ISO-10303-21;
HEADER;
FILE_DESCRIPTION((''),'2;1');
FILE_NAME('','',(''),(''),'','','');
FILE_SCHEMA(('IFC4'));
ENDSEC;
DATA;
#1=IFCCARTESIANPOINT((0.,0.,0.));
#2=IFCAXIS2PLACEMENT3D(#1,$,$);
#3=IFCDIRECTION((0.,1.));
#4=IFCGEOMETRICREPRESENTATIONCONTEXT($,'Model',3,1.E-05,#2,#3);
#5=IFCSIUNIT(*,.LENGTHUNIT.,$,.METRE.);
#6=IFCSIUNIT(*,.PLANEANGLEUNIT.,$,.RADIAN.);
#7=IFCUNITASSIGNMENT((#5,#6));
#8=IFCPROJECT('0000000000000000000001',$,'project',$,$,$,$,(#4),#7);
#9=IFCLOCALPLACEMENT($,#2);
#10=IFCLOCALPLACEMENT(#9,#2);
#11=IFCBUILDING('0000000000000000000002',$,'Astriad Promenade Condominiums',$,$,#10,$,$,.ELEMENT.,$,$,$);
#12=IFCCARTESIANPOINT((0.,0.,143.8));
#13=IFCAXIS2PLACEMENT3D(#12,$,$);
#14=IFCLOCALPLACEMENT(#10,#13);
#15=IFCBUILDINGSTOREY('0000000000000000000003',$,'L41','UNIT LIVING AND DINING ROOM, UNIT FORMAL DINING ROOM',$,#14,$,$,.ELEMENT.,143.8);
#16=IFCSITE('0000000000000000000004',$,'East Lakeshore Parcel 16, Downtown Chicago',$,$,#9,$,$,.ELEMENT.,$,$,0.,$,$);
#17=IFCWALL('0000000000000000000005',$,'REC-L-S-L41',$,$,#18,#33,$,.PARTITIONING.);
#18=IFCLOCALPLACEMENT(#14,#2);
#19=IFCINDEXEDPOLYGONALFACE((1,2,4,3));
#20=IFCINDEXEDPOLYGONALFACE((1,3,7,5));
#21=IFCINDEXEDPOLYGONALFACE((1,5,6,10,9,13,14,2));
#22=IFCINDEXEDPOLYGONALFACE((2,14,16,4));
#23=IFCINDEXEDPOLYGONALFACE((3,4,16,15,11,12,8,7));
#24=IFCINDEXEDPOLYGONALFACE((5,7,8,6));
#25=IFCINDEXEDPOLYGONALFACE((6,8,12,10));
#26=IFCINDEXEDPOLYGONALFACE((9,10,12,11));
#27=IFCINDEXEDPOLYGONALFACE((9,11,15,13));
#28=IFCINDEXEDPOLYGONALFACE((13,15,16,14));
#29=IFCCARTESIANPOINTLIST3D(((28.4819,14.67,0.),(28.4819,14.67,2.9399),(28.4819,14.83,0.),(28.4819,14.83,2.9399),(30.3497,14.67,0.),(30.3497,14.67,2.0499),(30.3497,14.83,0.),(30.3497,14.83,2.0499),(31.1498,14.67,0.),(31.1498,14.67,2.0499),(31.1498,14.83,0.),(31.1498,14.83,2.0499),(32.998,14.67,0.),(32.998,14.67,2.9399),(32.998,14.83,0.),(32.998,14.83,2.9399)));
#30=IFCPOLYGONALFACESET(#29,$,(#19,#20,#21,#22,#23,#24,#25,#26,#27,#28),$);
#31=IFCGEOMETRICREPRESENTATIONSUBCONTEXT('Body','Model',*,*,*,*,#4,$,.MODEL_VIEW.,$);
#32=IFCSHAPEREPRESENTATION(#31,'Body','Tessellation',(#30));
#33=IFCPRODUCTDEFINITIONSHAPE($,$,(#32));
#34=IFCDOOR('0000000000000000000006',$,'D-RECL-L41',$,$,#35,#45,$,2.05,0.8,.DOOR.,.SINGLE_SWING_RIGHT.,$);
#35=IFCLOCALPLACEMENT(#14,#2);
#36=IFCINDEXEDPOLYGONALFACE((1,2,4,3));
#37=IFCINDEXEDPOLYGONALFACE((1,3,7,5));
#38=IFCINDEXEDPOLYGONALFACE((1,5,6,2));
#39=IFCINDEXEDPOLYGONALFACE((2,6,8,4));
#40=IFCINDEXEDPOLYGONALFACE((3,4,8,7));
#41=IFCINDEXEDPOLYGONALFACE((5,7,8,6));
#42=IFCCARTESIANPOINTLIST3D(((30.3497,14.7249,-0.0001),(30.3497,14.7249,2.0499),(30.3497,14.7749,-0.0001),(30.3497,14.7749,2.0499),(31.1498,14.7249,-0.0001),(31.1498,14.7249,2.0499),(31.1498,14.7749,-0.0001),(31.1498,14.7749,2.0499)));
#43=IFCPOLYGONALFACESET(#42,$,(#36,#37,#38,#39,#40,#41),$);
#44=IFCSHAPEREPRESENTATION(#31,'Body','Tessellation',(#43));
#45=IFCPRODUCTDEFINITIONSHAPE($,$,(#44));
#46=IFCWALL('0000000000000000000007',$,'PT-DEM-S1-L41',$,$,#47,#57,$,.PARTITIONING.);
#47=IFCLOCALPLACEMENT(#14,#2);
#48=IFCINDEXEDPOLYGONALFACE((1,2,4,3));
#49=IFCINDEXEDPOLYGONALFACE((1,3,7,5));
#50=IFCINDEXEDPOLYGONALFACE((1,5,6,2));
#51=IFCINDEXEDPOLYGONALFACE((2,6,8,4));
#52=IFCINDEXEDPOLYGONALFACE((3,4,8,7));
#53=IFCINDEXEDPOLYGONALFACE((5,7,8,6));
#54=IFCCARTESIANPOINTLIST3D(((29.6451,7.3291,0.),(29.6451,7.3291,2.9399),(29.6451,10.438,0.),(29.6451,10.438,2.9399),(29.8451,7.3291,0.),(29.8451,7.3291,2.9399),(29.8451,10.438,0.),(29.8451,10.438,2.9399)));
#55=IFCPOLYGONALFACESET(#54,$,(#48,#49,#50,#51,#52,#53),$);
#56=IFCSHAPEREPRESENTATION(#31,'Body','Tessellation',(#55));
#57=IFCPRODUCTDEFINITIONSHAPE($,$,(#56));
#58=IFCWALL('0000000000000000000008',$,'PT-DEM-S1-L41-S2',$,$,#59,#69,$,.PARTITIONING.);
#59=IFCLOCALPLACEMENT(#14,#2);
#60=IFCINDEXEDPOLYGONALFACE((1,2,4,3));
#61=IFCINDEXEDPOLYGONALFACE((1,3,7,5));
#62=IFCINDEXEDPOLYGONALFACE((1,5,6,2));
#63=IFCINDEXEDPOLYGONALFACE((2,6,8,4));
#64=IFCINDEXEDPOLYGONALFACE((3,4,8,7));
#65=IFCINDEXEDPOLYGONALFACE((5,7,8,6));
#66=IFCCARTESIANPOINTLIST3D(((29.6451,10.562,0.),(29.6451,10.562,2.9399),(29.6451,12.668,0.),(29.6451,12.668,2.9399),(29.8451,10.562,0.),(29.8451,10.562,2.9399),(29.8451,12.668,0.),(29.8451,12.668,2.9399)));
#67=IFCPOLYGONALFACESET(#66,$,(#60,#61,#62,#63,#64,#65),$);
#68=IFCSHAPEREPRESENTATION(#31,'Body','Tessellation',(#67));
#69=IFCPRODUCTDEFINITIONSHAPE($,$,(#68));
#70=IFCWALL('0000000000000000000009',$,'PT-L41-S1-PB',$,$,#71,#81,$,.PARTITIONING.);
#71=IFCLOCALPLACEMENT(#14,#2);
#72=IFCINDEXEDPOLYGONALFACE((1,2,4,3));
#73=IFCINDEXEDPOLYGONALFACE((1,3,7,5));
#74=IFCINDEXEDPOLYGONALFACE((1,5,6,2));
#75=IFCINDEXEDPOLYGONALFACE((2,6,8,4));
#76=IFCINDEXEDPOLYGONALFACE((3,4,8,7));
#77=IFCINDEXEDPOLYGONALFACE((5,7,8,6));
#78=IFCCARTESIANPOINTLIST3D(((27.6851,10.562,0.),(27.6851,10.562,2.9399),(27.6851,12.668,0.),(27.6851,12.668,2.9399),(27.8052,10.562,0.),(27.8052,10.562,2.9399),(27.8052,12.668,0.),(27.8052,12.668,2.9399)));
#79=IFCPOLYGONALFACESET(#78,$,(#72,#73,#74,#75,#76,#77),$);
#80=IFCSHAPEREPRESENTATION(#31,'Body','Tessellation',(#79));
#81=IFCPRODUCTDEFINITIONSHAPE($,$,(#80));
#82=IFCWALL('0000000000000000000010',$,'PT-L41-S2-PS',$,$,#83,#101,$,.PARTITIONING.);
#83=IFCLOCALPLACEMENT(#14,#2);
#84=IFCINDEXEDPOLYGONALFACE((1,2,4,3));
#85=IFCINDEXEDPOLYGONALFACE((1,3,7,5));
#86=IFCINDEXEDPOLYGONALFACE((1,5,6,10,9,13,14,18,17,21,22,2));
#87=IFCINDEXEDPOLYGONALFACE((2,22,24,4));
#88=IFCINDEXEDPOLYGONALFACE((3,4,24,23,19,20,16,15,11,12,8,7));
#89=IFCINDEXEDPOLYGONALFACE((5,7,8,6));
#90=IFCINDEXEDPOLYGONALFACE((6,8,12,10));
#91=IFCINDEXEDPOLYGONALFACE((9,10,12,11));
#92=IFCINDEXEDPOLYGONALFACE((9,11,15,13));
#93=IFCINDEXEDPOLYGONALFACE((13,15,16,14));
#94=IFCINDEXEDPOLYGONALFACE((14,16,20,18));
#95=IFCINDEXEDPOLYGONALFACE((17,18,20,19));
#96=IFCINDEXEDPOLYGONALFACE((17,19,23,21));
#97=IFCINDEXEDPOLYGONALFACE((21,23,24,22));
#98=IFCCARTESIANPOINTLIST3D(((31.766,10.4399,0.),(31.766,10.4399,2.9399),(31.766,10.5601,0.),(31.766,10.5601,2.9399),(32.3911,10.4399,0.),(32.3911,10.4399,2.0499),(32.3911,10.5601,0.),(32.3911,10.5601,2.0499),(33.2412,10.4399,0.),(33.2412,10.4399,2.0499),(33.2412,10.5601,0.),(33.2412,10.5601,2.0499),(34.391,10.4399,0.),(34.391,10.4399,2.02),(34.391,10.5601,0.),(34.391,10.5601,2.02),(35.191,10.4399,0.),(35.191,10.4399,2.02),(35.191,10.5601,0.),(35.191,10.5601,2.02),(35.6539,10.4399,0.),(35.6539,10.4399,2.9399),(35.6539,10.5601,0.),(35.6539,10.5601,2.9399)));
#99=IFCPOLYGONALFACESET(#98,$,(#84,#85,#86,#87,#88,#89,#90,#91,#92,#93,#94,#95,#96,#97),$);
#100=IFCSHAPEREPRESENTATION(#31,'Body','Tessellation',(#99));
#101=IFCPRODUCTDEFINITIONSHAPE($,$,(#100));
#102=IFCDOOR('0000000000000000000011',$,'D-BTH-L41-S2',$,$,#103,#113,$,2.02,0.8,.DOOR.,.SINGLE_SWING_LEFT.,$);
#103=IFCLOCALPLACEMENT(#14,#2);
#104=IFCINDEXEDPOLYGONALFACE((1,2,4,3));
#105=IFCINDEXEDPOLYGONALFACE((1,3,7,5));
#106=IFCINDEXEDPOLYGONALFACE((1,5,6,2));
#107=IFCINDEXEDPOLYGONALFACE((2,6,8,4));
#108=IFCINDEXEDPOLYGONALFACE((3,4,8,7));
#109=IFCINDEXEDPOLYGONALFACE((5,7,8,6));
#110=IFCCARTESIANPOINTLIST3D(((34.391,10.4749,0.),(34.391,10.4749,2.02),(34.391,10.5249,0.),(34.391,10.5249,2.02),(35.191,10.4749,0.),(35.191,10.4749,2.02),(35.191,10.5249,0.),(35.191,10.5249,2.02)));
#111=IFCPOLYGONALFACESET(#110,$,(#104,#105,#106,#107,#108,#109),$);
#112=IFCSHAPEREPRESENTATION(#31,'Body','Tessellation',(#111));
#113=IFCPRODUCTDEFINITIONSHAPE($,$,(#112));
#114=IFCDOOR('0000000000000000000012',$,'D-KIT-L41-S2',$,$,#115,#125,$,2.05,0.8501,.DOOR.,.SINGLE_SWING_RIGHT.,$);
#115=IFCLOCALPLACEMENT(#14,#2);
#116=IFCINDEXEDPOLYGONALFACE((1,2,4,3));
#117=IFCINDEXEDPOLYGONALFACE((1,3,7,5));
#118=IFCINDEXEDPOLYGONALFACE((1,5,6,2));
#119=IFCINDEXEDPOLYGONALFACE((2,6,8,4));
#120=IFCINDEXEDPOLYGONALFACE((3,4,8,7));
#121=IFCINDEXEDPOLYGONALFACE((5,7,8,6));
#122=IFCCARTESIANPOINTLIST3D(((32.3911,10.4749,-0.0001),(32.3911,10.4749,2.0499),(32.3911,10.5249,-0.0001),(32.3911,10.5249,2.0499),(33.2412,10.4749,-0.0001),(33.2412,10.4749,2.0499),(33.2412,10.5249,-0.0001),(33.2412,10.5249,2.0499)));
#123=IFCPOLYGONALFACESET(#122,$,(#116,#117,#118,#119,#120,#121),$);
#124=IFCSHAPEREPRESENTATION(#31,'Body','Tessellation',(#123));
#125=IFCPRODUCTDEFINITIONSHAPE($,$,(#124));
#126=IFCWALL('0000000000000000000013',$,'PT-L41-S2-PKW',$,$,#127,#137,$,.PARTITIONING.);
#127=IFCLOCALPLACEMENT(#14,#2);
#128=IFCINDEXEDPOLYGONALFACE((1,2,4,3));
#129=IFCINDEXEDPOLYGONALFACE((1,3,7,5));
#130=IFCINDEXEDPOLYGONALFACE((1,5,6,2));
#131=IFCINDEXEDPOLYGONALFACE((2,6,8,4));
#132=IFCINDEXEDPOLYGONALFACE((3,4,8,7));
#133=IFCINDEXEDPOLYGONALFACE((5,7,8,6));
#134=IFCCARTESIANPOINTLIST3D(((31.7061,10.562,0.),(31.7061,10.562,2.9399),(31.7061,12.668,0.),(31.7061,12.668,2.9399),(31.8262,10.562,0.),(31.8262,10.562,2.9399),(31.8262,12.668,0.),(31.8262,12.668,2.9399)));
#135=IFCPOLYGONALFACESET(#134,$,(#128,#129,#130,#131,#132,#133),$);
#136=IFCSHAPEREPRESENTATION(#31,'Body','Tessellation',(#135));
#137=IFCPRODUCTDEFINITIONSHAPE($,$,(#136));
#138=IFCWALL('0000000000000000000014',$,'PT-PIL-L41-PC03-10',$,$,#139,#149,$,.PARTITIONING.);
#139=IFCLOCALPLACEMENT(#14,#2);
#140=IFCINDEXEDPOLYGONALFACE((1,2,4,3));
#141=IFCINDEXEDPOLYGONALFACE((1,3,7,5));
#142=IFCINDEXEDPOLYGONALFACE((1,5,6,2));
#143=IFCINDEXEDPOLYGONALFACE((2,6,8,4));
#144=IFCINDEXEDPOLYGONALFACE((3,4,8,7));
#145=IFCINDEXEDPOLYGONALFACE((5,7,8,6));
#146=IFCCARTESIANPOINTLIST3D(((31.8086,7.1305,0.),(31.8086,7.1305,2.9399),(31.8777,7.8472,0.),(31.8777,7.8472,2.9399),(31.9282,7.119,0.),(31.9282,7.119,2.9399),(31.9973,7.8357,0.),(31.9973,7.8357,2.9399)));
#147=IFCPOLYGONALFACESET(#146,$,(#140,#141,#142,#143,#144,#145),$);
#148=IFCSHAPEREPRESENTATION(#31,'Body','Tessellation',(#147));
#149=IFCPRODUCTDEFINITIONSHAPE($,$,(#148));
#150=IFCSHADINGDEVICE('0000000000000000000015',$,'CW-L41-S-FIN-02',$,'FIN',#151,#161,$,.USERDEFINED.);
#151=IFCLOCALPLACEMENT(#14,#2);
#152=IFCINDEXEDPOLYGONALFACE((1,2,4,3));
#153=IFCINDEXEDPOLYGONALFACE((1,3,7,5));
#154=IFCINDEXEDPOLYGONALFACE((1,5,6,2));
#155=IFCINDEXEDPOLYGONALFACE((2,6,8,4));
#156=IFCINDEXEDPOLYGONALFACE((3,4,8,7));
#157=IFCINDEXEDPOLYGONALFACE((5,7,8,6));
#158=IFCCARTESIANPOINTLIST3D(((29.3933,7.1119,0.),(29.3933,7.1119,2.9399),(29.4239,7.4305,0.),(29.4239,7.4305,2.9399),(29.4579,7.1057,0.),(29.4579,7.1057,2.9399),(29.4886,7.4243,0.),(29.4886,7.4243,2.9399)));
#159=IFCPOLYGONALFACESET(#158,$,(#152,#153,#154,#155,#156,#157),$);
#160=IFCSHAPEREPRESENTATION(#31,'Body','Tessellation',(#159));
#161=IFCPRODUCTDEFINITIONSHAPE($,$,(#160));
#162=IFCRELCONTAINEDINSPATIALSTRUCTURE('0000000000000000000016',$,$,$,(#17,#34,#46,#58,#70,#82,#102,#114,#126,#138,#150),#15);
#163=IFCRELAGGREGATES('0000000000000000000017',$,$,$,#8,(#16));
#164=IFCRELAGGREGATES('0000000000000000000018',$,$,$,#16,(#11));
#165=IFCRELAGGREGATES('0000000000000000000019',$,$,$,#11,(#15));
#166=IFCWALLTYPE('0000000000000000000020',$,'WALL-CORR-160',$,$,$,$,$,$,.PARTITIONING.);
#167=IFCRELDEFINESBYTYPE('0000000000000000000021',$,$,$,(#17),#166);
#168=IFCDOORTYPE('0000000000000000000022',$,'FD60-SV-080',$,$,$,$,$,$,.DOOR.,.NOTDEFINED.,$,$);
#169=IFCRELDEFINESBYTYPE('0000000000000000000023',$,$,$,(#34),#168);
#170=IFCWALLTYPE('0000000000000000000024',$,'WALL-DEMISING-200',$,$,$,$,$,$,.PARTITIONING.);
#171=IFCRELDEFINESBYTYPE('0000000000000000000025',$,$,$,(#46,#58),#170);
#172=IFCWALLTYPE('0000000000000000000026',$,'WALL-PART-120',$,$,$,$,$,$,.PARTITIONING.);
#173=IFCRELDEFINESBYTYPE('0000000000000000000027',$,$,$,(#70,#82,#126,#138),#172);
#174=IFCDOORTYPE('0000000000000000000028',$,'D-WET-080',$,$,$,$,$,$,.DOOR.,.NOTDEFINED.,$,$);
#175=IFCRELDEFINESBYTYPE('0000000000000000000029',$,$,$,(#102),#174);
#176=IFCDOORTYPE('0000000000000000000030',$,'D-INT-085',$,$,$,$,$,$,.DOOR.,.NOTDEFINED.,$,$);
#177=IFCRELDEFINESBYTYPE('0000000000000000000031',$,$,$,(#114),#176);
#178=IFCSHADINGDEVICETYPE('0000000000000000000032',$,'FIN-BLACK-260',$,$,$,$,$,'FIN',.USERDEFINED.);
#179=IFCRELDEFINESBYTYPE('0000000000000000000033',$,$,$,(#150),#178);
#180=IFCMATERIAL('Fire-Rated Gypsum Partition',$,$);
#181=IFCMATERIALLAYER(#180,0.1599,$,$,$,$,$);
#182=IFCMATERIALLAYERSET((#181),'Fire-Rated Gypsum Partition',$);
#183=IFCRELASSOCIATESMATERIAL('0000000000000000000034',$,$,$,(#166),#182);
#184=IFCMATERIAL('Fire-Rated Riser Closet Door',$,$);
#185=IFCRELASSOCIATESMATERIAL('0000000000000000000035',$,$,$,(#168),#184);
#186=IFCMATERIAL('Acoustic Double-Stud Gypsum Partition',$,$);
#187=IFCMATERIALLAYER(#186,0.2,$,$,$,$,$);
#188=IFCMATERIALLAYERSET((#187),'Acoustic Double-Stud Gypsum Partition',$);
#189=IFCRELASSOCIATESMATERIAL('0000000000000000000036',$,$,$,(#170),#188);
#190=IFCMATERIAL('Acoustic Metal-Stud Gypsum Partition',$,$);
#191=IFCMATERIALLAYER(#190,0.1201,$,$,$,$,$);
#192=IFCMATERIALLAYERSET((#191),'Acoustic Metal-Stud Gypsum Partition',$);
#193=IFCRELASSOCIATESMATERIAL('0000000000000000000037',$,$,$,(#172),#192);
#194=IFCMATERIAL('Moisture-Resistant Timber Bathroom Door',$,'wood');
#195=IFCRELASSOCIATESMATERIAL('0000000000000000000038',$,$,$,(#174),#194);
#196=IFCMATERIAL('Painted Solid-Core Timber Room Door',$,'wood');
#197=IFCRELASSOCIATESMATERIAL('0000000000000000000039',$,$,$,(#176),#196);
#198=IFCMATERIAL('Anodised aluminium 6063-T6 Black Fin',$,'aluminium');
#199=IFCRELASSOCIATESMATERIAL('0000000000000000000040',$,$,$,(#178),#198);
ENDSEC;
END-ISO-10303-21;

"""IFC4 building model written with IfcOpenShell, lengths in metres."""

from ifc_helpers import new_model, si_unit, direction, frame, frame_2d, origin, origin_2d, place, context, subcontext, project, spatial, rectangle, extrude, source, transform, mapped, material, layer, layer_set, type_object, type_shapes, element, fill, save


model = new_model("IFC4")

# Units and contexts
model_context = context("Model", 3, precision=1e-05, world=origin(), true_north=direction((0.0, 1.0)))
body_context = subcontext(model_context, "Body", "Model", "MODEL_VIEW")
ifc_project = project(units=[si_unit("LENGTHUNIT", "METRE"), si_unit("PLANEANGLEUNIT", "RADIAN")], contexts=[model_context])

# Site, building, storey
site_placement = place(None, origin())
site = spatial("IfcSite", under=ifc_project, at=site_placement, Name="East Lakeshore Parcel 16, Downtown Chicago", CompositionType="ELEMENT", RefElevation=0.0)
building_placement = place(site_placement, origin())
building = spatial("IfcBuilding", under=site, at=building_placement, Name="Astriad Promenade Condominiums", CompositionType="ELEMENT")
storey_placement = place(building_placement, frame((0.0, 0.0, 143.8)))
storey = spatial("IfcBuildingStorey", under=building, at=storey_placement, Name="L41", Description="UNIT LIVING AND DINING ROOM, UNIT FORMAL DINING ROOM", CompositionType="ELEMENT", Elevation=143.8)

# Shared definitions
ifc_material_1 = material(Name="Fire-Rated Gypsum Partition")
ifc_layer_1 = layer(ifc_material_1, 0.1599)
ifc_layer_set_1 = layer_set([ifc_layer_1], Name="Fire-Rated Gypsum Partition")
wall_type_1 = type_object("IfcWallType", Name="WALL-CORR-160", PredefinedType="PARTITIONING", material=ifc_layer_set_1)

# Wall, opening, door
wall_1_placement = place(storey_placement, frame((28.4819, 14.75, 0.0), z_axis=(0.0, 0.0, 1.0), x_axis=(1.0, 0.0, 0.0)))
wall_1 = element("IfcWall", 1, at=wall_1_placement, inside=storey, type_object=wall_type_1, Name="REC-L-S-L41", PredefinedType="PARTITIONING", context=body_context, shape_type="SweptSolid", body=[
    extrude(rectangle(XDim=4.5161, YDim=0.1599, at=frame_2d((2.2581, 0.0))), origin(), (0.0, 0.0, 1.0), 2.9399),
])
opening_1_placement = place(wall_1_placement, frame((1.8679, 0.0, 0.0)))
opening_1 = element("IfcOpeningElement", 2, at=opening_1_placement, cuts=wall_1, PredefinedType="OPENING", context=body_context, shape_type="SweptSolid", body=[
    extrude(rectangle(XDim=0.8, YDim=2.05, at=frame_2d((0.3999, 1.0249))), frame((0.0, 0.0898, 0.0), z_axis=(0.0, -1.0, 0.0), x_axis=(1.0, 0.0, 0.0)), (0.0, 0.0, 1.0), 0.1799),
])
ifc_material_2 = material(Name="Fire-Rated Riser Closet Door")
door_type_1 = type_object("IfcDoorType", Name="FD60-SV-080", OperationType="NOTDEFINED", PredefinedType="DOOR", material=ifc_material_2)
shared_shape_1 = source(origin(), body_context, "Body", "SweptSolid", [
    extrude(rectangle(XDim=0.8, YDim=2.05, at=frame_2d((0.3999, 1.0249))), frame((0.0, 0.0249, 0.0), z_axis=(0.0, -1.0, 0.0), x_axis=(1.0, 0.0, 0.0)), (0.0, 0.0, 1.0), 0.05),
])
type_shapes(door_type_1, [shared_shape_1])
door_1_placement = place(opening_1_placement, origin())
door_1 = element("IfcDoor", 3, at=door_1_placement, inside=storey, type_object=door_type_1, Name="D-RECL-L41", OperationType="SINGLE_SWING_RIGHT", OverallHeight=2.05, OverallWidth=0.8, PredefinedType="DOOR", context=body_context, shape_type="MappedRepresentation", body=[
    mapped(shared_shape_1, transform((0.0, 0.0, 0.0), scale=1.0)),
])
fill(opening_1, door_1)

# Walls
ifc_material_3 = material(Name="Acoustic Double-Stud Gypsum Partition")
ifc_layer_2 = layer(ifc_material_3, 0.2)
ifc_layer_set_2 = layer_set([ifc_layer_2], Name="Acoustic Double-Stud Gypsum Partition")
wall_type_2 = type_object("IfcWallType", Name="WALL-DEMISING-200", PredefinedType="PARTITIONING", material=ifc_layer_set_2)
wall_2_placement = place(storey_placement, frame((29.7451, 7.3291, 0.0), z_axis=(0.0, 0.0, 1.0), x_axis=(0.0, 1.0, 0.0)))
element("IfcWall", 4, at=wall_2_placement, inside=storey, type_object=wall_type_2, Name="PT-DEM-S1-L41", PredefinedType="PARTITIONING", context=body_context, shape_type="SweptSolid", body=[
    extrude(rectangle(XDim=3.1089, YDim=0.2, at=frame_2d((1.5544, 0.0))), origin(), (0.0, 0.0, 1.0), 2.9399),
])
wall_3_placement = place(storey_placement, frame((29.7451, 10.562, 0.0), z_axis=(0.0, 0.0, 1.0), x_axis=(0.0, 1.0, 0.0)))
element("IfcWall", 5, at=wall_3_placement, inside=storey, type_object=wall_type_2, Name="PT-DEM-S1-L41-S2", PredefinedType="PARTITIONING", context=body_context, shape_type="SweptSolid", body=[
    extrude(rectangle(XDim=2.106, YDim=0.2, at=frame_2d((1.053, 0.0))), origin(), (0.0, 0.0, 1.0), 2.9399),
])
ifc_material_4 = material(Name="Acoustic Metal-Stud Gypsum Partition")
ifc_layer_3 = layer(ifc_material_4, 0.1201)
ifc_layer_set_3 = layer_set([ifc_layer_3], Name="Acoustic Metal-Stud Gypsum Partition")
wall_type_3 = type_object("IfcWallType", Name="WALL-PART-120", PredefinedType="PARTITIONING", material=ifc_layer_set_3)
wall_4_placement = place(storey_placement, frame((27.7451, 10.562, 0.0), z_axis=(0.0, 0.0, 1.0), x_axis=(0.0, 1.0, 0.0)))
element("IfcWall", 6, at=wall_4_placement, inside=storey, type_object=wall_type_3, Name="PT-L41-S1-PB", PredefinedType="PARTITIONING", context=body_context, shape_type="SweptSolid", body=[
    extrude(rectangle(XDim=2.106, YDim=0.1201, at=frame_2d((1.053, 0.0))), origin(), (0.0, 0.0, 1.0), 2.9399),
])

# Wall, openings, doors
wall_5_placement = place(storey_placement, frame((31.7661, 10.5, 0.0), z_axis=(0.0, 0.0, 1.0), x_axis=(1.0, 0.0, 0.0)))
wall_5 = element("IfcWall", 7, at=wall_5_placement, inside=storey, type_object=wall_type_3, Name="PT-L41-S2-PS", PredefinedType="PARTITIONING", context=body_context, shape_type="SweptSolid", body=[
    extrude(rectangle(XDim=3.8879, YDim=0.1201, at=frame_2d((1.9438, 0.0))), origin(), (0.0, 0.0, 1.0), 2.9399),
])
opening_2_placement = place(wall_5_placement, frame((0.625, 0.0, 0.0)))
opening_2 = element("IfcOpeningElement", 8, at=opening_2_placement, cuts=wall_5, PredefinedType="OPENING", context=body_context, shape_type="SweptSolid", body=[
    extrude(rectangle(XDim=0.8501, YDim=2.05, at=frame_2d((0.425, 1.0249))), frame((0.0, 0.0701, 0.0), z_axis=(0.0, -1.0, 0.0), x_axis=(1.0, 0.0, 0.0)), (0.0, 0.0, 1.0), 0.1401),
])
opening_3_placement = place(wall_5_placement, frame((2.625, 0.0, 0.0)))
opening_3 = element("IfcOpeningElement", 9, at=opening_3_placement, cuts=wall_5, PredefinedType="OPENING", context=body_context, shape_type="SweptSolid", body=[
    extrude(rectangle(XDim=0.8, YDim=2.02, at=frame_2d((0.3999, 1.01))), frame((0.0, 0.0701, 0.0), z_axis=(0.0, -1.0, 0.0), x_axis=(1.0, 0.0, 0.0)), (0.0, 0.0, 1.0), 0.1401),
])
ifc_material_5 = material(Name="Moisture-Resistant Timber Bathroom Door", Category="wood")
door_type_2 = type_object("IfcDoorType", Name="D-WET-080", OperationType="NOTDEFINED", PredefinedType="DOOR", material=ifc_material_5)
shared_shape_2 = source(origin(), body_context, "Body", "SweptSolid", [
    extrude(rectangle(XDim=0.8, YDim=2.02, at=frame_2d((0.3999, 1.01))), frame((0.0, 0.0249, 0.0), z_axis=(0.0, -1.0, 0.0), x_axis=(1.0, 0.0, 0.0)), (0.0, 0.0, 1.0), 0.05),
])
type_shapes(door_type_2, [shared_shape_2])
door_2_placement = place(opening_3_placement, origin())
door_2 = element("IfcDoor", 10, at=door_2_placement, inside=storey, type_object=door_type_2, Name="D-BTH-L41-S2", OperationType="SINGLE_SWING_LEFT", OverallHeight=2.02, OverallWidth=0.8, PredefinedType="DOOR", context=body_context, shape_type="MappedRepresentation", body=[
    mapped(shared_shape_2, transform((0.0, 0.0, 0.0), scale=1.0)),
])
fill(opening_3, door_2)
ifc_material_6 = material(Name="Painted Solid-Core Timber Room Door", Category="wood")
door_type_3 = type_object("IfcDoorType", Name="D-INT-085", OperationType="NOTDEFINED", PredefinedType="DOOR", material=ifc_material_6)
shared_shape_3 = source(origin(), body_context, "Body", "SweptSolid", [
    extrude(rectangle(XDim=0.8501, YDim=2.05, at=frame_2d((0.425, 1.0249))), frame((0.0, 0.0249, 0.0), z_axis=(0.0, -1.0, 0.0), x_axis=(1.0, 0.0, 0.0)), (0.0, 0.0, 1.0), 0.05),
])
type_shapes(door_type_3, [shared_shape_3])
door_3_placement = place(opening_2_placement, origin())
door_3 = element("IfcDoor", 11, at=door_3_placement, inside=storey, type_object=door_type_3, Name="D-KIT-L41-S2", OperationType="SINGLE_SWING_RIGHT", OverallHeight=2.05, OverallWidth=0.8501, PredefinedType="DOOR", context=body_context, shape_type="MappedRepresentation", body=[
    mapped(shared_shape_3, transform((0.0, 0.0, 0.0), scale=1.0)),
])
fill(opening_2, door_3)

# Walls
wall_6_placement = place(storey_placement, frame((31.7661, 10.562, 0.0), z_axis=(0.0, 0.0, 1.0), x_axis=(0.0, 1.0, 0.0)))
element("IfcWall", 12, at=wall_6_placement, inside=storey, type_object=wall_type_3, Name="PT-L41-S2-PKW", PredefinedType="PARTITIONING", context=body_context, shape_type="SweptSolid", body=[
    extrude(rectangle(XDim=2.106, YDim=0.1201, at=frame_2d((1.053, 0.0))), origin(), (0.0, 0.0, 1.0), 2.9399),
])
wall_7_placement = place(storey_placement, frame((31.9375, 7.8413, 0.0), z_axis=(0.0, 0.0, 1.0), x_axis=(-0.095977, -0.995384, 0.0)))
element("IfcWall", 13, at=wall_7_placement, inside=storey, type_object=wall_type_3, Name="PT-PIL-L41-PC03-10", PredefinedType="PARTITIONING", context=body_context, shape_type="SweptSolid", body=[
    extrude(rectangle(XDim=0.72, YDim=0.1201, at=frame_2d((0.3599, 0.0))), origin(), (0.0, 0.0, 1.0), 2.9399),
])

# Shading device
ifc_material_7 = material(Name="Anodised aluminium 6063-T6 Black Fin", Category="aluminium")
shading_device_type = type_object("IfcShadingDeviceType", Name="FIN-BLACK-260", ElementType="FIN", PredefinedType="USERDEFINED", material=ifc_material_7)
shared_shape_4 = source(origin(), body_context, "Body", "SweptSolid", [
    extrude(rectangle(XDim=0.0649, YDim=0.3201, at=origin_2d()), origin(), (0.0, 0.0, 1.0), 2.9399),
])
type_shapes(shading_device_type, [shared_shape_4])
shading_device_placement = place(storey_placement, frame((29.4409, 7.2681, 0.0), z_axis=(0.0, 0.0, 1.0), x_axis=(-0.995396, 0.095846, 0.0)))
element("IfcShadingDevice", 14, at=shading_device_placement, inside=storey, type_object=shading_device_type, Name="CW-L41-S-FIN-02", ObjectType="FIN", PredefinedType="USERDEFINED", context=body_context, shape_type="MappedRepresentation", body=[
    mapped(shared_shape_4, transform((0.0, 0.0, 0.0), scale=1.0)),
])

save(model, "model.ifc")
